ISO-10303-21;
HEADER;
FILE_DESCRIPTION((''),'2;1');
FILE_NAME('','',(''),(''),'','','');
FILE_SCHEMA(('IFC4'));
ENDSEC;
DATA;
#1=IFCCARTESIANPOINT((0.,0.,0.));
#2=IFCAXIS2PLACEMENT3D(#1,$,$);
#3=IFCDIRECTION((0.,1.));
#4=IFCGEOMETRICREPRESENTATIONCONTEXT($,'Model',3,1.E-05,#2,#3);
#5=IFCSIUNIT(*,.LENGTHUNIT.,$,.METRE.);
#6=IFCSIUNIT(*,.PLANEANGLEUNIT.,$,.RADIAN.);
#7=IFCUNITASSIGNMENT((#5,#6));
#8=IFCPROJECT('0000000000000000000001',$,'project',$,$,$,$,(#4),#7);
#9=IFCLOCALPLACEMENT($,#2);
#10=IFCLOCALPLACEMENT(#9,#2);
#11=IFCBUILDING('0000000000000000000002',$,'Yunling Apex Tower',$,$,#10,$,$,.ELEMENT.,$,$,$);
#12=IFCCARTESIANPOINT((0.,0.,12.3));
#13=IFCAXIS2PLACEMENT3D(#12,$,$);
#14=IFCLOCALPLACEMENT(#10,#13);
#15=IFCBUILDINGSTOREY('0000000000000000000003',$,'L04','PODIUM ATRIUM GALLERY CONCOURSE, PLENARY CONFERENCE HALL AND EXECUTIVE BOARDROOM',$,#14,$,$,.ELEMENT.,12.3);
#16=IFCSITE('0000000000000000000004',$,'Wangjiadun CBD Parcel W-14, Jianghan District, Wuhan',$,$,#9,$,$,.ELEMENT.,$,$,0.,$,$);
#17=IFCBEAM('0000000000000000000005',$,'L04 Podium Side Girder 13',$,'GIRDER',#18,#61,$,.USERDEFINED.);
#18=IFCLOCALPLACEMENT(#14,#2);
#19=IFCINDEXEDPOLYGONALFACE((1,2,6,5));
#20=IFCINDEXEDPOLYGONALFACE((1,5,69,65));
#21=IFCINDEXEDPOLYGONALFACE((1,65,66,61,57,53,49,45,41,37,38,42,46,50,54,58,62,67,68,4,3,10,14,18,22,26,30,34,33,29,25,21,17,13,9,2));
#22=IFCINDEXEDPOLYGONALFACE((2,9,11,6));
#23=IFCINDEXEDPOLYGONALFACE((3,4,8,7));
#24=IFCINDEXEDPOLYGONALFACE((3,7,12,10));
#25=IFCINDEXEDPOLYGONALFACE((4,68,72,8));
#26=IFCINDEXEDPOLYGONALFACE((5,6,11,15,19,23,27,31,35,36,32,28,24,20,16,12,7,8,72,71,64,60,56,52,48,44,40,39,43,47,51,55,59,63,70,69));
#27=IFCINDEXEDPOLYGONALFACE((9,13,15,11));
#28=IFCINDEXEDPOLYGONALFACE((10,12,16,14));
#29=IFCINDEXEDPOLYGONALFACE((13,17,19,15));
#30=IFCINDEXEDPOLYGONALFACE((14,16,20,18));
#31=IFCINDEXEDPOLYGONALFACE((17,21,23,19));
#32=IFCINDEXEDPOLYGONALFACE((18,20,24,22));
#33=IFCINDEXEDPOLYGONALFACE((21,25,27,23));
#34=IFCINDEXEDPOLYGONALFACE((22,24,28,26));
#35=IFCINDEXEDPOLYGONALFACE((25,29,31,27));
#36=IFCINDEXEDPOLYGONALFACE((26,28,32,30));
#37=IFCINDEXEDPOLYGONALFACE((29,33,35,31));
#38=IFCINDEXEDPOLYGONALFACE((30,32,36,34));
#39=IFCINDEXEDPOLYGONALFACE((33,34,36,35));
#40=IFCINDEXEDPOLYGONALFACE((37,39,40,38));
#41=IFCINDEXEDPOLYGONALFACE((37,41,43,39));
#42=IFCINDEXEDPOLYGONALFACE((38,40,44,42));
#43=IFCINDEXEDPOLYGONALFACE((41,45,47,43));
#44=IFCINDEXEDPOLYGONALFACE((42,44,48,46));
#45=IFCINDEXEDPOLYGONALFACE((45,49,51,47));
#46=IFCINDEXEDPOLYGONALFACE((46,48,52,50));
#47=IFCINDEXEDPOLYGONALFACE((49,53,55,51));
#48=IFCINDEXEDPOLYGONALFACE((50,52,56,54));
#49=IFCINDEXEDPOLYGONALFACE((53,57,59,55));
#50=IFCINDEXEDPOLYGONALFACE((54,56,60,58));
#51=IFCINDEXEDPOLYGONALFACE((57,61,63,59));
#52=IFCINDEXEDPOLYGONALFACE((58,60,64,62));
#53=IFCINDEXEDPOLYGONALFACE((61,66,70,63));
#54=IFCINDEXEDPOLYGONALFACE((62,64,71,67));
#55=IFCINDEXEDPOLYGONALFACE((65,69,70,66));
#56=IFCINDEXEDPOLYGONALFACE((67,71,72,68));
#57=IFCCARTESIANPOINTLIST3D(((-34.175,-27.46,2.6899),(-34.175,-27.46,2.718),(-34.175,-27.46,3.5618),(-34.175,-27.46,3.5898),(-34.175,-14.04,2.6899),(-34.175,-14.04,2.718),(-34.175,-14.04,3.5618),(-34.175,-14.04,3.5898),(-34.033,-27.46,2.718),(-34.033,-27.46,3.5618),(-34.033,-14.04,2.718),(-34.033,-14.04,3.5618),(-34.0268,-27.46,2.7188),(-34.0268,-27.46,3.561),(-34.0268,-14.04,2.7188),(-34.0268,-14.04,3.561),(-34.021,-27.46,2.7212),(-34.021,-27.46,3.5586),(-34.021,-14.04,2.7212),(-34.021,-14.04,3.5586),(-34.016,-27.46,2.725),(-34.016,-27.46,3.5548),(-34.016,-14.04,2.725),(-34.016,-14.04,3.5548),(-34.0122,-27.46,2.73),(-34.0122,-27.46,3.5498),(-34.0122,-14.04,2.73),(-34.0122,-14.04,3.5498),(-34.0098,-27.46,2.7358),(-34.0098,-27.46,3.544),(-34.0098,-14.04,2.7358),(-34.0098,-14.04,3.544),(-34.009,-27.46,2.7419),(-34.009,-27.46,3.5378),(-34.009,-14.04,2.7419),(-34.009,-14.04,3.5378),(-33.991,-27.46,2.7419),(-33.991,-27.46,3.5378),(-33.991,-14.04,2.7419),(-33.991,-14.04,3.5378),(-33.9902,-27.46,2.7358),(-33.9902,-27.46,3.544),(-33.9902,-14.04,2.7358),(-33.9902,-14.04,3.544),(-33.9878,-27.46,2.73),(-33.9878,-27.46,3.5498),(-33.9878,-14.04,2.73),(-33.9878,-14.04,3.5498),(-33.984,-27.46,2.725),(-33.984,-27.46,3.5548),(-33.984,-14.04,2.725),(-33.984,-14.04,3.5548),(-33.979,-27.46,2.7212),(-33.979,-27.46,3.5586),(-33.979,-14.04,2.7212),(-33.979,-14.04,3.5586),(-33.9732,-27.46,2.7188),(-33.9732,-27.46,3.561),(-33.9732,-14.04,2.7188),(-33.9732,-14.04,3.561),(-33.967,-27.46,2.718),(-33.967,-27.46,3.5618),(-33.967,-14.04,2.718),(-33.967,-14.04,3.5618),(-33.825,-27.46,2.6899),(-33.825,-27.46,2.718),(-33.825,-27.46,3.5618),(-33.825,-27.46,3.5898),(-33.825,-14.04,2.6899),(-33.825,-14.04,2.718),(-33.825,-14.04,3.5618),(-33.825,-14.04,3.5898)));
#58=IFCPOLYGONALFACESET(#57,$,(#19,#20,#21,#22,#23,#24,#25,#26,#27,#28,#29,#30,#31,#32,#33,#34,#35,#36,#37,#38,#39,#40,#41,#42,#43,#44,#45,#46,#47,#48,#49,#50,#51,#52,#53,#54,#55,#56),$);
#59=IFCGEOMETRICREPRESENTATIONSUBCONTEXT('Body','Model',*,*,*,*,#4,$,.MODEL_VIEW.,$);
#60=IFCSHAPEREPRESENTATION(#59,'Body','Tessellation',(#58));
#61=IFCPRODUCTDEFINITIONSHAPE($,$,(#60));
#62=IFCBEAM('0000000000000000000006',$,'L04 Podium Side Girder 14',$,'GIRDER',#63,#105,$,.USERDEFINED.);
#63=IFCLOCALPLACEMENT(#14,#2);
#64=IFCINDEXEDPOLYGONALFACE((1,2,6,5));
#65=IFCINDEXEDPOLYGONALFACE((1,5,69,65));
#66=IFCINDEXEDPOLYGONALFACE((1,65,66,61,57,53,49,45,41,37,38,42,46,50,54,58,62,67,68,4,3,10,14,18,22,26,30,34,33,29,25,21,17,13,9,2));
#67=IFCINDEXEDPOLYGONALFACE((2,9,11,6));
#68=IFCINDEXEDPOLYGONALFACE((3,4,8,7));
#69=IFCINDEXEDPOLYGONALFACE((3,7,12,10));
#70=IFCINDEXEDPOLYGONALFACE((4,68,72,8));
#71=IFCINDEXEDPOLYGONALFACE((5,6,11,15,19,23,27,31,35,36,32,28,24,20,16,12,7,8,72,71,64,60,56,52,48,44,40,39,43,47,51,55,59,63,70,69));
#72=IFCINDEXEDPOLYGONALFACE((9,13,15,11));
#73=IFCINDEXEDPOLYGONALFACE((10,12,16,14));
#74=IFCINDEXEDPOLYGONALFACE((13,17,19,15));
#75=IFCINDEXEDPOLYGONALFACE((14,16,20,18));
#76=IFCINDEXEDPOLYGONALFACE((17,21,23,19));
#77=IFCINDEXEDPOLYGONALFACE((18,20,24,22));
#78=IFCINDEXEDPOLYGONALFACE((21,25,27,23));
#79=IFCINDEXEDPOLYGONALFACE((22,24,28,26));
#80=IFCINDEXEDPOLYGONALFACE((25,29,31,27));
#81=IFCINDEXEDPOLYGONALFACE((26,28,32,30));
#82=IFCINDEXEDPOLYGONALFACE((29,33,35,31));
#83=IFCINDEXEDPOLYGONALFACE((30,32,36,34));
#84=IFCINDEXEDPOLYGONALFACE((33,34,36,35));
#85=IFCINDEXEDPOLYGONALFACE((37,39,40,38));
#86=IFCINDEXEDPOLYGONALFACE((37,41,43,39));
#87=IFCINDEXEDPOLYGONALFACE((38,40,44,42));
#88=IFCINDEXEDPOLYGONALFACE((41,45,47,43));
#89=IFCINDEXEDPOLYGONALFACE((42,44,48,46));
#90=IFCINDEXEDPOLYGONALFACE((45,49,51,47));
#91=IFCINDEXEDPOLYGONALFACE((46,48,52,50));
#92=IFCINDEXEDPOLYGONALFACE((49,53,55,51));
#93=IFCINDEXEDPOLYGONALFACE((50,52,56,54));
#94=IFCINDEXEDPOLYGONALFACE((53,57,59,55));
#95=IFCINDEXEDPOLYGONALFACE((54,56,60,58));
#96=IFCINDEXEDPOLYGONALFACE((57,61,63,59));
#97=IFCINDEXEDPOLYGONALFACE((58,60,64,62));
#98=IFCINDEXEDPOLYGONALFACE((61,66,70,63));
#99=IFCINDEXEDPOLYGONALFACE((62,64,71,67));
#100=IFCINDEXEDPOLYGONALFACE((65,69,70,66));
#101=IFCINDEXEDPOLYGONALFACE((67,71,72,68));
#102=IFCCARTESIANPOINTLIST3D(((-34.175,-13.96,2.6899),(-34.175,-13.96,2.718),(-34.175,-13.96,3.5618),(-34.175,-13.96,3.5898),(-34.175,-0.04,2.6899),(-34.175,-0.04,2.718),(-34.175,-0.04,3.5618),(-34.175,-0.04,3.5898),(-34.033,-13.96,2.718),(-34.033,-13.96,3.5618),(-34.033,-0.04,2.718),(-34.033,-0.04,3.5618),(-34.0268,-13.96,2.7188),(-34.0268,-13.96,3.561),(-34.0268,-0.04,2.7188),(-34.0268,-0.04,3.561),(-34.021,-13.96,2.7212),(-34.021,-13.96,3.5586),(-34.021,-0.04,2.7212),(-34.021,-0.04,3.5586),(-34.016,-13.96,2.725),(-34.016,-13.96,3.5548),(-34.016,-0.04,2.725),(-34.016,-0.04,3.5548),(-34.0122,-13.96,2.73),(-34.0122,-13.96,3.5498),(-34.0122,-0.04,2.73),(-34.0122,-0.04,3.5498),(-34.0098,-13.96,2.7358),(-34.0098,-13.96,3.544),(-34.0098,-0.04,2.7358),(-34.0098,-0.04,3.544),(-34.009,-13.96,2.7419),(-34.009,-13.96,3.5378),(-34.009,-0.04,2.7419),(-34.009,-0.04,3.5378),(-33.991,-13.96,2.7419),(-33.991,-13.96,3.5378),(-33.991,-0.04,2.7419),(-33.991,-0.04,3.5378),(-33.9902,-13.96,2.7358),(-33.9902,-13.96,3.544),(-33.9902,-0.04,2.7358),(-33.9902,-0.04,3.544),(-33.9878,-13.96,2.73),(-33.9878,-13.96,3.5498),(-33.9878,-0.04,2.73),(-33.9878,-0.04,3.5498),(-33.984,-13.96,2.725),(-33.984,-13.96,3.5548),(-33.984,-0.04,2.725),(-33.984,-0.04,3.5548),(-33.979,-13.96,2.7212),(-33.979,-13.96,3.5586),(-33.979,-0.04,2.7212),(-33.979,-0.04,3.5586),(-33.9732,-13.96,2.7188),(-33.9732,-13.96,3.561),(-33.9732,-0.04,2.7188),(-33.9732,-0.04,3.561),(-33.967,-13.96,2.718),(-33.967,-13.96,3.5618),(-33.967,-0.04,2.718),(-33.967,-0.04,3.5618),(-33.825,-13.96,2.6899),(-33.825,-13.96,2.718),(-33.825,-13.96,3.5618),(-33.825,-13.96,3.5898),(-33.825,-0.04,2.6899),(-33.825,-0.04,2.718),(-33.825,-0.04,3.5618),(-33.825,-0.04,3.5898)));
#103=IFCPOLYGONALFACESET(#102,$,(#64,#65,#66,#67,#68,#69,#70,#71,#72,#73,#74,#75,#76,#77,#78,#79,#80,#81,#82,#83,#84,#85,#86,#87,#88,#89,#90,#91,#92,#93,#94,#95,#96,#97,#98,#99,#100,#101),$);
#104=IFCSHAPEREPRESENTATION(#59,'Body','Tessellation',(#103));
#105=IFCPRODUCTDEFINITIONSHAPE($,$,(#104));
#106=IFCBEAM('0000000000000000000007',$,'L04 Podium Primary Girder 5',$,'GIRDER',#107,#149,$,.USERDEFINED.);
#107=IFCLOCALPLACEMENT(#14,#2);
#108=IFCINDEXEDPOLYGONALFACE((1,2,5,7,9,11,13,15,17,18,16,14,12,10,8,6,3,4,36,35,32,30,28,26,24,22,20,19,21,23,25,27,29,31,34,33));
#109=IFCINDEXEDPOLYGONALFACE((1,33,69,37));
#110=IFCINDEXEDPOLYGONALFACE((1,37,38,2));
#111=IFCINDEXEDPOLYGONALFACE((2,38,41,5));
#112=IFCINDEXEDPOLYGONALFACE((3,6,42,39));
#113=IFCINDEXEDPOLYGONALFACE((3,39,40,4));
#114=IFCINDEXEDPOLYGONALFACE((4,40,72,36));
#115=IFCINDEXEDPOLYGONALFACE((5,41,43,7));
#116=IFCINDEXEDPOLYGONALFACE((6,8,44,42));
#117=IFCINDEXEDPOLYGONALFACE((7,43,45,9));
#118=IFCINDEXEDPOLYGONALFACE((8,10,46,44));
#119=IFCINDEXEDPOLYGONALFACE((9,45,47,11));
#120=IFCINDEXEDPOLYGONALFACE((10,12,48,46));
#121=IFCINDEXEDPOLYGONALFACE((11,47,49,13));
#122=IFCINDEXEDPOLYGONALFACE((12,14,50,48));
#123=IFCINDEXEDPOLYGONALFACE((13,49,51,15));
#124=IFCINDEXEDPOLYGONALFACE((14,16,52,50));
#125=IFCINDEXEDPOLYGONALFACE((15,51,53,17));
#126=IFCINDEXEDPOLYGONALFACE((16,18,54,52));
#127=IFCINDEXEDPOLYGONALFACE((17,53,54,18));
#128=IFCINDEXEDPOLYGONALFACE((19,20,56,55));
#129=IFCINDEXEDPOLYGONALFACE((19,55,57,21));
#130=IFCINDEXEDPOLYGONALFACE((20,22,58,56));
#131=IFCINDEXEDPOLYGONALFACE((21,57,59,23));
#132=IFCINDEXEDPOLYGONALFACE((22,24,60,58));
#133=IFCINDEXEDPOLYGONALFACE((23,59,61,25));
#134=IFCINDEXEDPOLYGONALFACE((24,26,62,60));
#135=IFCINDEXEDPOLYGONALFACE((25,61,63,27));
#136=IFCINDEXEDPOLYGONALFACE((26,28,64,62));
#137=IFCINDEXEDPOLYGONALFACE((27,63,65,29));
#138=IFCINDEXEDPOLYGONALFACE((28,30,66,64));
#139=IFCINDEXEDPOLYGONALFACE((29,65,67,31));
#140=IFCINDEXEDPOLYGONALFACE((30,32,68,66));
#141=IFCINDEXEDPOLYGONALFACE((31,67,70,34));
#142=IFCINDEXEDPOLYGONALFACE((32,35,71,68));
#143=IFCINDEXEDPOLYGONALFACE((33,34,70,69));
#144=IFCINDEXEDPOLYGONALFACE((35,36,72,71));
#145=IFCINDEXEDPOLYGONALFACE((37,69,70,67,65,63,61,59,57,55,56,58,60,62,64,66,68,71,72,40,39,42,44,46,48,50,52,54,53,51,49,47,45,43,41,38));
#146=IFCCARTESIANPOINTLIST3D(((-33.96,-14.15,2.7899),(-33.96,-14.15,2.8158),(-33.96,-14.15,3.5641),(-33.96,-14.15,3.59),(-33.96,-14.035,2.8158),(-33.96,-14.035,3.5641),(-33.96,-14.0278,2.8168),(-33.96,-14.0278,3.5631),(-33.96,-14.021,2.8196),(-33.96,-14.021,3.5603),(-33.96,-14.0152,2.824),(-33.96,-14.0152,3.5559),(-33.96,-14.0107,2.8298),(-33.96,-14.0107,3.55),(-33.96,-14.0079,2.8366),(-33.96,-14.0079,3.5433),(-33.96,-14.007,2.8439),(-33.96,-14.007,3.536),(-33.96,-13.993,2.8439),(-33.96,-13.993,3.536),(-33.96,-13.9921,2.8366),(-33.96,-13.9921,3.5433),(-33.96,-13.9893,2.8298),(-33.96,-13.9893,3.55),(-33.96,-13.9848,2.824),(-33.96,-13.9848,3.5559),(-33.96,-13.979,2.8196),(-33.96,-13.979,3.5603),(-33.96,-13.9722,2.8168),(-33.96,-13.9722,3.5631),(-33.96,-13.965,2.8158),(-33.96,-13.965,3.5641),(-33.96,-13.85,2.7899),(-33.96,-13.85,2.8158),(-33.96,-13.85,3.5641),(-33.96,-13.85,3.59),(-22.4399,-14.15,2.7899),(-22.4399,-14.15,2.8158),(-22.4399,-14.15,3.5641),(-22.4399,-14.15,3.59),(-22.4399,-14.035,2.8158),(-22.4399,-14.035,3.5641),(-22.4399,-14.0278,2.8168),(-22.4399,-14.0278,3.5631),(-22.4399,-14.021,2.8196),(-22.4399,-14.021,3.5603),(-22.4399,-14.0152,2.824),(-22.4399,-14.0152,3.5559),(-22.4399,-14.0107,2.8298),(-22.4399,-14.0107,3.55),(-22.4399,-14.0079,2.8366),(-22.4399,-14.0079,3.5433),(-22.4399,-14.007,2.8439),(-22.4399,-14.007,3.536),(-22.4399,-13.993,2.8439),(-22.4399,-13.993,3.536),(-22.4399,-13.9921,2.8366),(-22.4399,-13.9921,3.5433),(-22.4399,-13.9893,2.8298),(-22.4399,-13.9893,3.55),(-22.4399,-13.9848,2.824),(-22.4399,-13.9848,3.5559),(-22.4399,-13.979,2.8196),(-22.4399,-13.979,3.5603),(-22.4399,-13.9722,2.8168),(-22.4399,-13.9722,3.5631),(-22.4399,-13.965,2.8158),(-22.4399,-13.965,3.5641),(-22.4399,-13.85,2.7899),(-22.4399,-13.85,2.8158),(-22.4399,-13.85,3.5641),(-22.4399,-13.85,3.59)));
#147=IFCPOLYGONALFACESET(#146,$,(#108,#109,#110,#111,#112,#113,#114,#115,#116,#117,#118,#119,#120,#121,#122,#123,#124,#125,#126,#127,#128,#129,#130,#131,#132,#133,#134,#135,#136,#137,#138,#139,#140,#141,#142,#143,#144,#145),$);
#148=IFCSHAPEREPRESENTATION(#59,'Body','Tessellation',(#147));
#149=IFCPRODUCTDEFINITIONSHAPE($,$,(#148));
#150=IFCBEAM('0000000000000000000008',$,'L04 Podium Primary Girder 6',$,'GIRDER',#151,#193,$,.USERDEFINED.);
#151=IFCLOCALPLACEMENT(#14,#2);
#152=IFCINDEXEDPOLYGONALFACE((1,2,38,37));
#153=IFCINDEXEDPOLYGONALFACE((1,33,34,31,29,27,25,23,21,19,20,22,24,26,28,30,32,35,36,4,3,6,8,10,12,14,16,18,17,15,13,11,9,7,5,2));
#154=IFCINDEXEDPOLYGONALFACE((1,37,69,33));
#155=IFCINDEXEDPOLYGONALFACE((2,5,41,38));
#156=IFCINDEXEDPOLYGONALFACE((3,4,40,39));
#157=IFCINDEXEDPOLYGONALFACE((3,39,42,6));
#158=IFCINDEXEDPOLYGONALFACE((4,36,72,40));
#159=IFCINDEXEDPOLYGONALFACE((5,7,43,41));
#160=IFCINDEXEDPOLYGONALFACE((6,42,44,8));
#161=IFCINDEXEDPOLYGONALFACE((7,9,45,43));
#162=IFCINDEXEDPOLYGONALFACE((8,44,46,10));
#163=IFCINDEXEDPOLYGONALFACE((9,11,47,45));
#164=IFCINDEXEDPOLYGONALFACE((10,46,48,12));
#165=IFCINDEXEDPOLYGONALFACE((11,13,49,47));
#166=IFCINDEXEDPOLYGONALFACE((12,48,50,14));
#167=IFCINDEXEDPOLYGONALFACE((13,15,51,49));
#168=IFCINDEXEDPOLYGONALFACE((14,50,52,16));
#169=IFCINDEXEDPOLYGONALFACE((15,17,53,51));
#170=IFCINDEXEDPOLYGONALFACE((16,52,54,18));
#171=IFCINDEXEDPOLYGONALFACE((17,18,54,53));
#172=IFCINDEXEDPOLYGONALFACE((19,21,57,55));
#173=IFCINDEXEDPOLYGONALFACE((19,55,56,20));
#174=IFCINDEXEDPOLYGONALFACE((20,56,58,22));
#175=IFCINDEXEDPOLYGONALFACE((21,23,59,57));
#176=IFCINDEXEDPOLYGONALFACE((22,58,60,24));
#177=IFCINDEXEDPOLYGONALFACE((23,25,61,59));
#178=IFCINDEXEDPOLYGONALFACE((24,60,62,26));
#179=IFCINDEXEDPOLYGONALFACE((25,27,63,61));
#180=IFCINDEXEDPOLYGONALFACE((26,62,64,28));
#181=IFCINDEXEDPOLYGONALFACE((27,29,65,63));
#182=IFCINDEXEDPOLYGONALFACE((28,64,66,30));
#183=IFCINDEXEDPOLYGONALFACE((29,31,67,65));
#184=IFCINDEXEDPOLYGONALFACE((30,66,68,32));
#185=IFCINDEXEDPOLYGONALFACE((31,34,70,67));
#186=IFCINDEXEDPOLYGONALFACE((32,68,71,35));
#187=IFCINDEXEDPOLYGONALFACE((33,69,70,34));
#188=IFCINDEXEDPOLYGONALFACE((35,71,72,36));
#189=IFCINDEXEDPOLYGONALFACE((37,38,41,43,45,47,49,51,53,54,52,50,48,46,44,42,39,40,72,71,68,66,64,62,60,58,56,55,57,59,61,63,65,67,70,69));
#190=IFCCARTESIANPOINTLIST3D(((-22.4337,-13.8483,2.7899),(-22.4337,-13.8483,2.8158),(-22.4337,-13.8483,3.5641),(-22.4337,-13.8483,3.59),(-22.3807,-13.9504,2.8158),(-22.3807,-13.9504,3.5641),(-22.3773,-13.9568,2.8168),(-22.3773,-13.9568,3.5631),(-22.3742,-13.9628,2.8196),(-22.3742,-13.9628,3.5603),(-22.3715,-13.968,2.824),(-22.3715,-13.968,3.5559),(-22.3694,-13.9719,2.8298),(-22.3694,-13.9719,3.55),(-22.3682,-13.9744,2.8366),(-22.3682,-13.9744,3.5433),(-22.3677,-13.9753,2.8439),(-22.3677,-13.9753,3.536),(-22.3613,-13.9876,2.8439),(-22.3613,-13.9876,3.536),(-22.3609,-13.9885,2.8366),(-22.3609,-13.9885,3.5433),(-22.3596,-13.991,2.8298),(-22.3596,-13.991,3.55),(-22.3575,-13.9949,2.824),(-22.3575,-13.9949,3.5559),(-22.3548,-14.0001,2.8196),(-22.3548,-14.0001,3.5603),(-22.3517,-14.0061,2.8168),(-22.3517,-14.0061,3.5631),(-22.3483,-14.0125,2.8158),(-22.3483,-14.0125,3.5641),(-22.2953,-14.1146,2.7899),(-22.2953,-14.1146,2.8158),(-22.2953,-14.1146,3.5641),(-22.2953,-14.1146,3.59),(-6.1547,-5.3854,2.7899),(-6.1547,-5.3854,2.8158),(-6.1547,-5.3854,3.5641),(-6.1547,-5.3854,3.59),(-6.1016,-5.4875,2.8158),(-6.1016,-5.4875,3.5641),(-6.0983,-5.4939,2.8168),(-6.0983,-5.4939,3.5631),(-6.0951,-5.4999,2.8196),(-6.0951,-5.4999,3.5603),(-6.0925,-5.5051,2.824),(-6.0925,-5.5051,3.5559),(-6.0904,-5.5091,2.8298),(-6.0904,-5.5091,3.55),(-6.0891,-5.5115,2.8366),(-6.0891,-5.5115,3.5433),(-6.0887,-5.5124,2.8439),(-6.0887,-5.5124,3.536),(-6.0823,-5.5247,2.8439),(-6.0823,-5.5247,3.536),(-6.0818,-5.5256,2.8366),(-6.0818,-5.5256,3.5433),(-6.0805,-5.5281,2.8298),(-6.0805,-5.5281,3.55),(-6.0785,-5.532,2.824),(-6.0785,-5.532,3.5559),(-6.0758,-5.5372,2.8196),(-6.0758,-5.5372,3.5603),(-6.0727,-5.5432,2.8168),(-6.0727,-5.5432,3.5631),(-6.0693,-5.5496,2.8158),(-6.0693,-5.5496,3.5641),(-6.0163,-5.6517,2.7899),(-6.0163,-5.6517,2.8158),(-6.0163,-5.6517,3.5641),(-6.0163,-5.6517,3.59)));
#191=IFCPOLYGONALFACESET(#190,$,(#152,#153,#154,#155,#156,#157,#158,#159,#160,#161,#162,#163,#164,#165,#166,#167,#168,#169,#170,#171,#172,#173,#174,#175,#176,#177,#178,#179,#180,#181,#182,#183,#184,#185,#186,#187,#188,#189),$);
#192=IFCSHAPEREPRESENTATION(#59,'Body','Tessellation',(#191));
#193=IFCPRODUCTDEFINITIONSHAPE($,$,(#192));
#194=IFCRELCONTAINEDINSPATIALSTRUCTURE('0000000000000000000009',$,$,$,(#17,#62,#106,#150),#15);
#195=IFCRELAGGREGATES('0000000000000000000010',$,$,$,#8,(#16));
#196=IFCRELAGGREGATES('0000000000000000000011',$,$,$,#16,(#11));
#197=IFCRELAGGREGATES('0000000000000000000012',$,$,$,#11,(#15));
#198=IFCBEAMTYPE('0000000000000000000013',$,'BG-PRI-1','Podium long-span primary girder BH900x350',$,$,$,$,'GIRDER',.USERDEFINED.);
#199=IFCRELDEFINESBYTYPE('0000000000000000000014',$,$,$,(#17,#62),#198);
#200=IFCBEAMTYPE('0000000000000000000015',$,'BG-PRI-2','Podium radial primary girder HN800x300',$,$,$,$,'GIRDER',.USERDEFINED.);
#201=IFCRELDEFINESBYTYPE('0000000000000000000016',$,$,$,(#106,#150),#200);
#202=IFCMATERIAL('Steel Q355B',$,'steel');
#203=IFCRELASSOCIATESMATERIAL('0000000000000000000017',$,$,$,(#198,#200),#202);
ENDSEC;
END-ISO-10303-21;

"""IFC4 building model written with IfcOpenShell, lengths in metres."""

from ifc_helpers import new_model, si_unit, direction, frame, origin, origin_2d, place, context, subcontext, project, spatial, i_section, extrude, source, transform, mapped, material, material_profile, profile_set, type_object, element, save


model = new_model("IFC4")

# Units and contexts
model_context = context("Model", 3, precision=1e-05, world=origin(), true_north=direction((0.0, 1.0)))
body_context = subcontext(model_context, "Body", "Model", "MODEL_VIEW")
ifc_project = project(units=[si_unit("LENGTHUNIT", "METRE"), si_unit("PLANEANGLEUNIT", "RADIAN")], contexts=[model_context])

# Site, building, storey
site_placement = place(None, origin())
site = spatial("IfcSite", under=ifc_project, at=site_placement, Name="Wangjiadun CBD Parcel W-14, Jianghan District, Wuhan", CompositionType="ELEMENT", RefElevation=0.0)
building_placement = place(site_placement, origin())
building = spatial("IfcBuilding", under=site, at=building_placement, Name="Yunling Apex Tower", CompositionType="ELEMENT")
storey_placement = place(building_placement, frame((0.0, 0.0, 12.3)))
storey = spatial("IfcBuildingStorey", under=building, at=storey_placement, Name="L04", Description="PODIUM ATRIUM GALLERY CONCOURSE, PLENARY CONFERENCE HALL AND EXECUTIVE BOARDROOM", CompositionType="ELEMENT", Elevation=12.3)

# Beams
ifc_material_1 = material(Name="Steel Q355B", Category="steel")
ifc_material_profile_1 = material_profile(ifc_material_1, i_section(OverallWidth=0.3501, OverallDepth=0.8999, WebThickness=0.0181, FlangeThickness=0.0281, FilletRadius=0.0239, at=origin_2d()))
ifc_profile_set_1 = profile_set([ifc_material_profile_1], Name="Steel Q355B")
beam_type_1 = type_object("IfcBeamType", Name="BG-PRI-1", Description="Podium long-span primary girder BH900x350", ElementType="GIRDER", PredefinedType="USERDEFINED", material=ifc_profile_set_1)
shared_shape_1 = source(origin(), body_context, "Body", "SweptSolid", [
    extrude(i_section(OverallWidth=0.3501, OverallDepth=0.8999, WebThickness=0.0181, FlangeThickness=0.0281, FilletRadius=0.0239, at=origin_2d()), origin(), (0.0, 0.0, 1.0), 13.4199),
])
beam_1_placement = place(storey_placement, frame((-34.0, -27.46, 3.1399), z_axis=(0.0, 1.0, 0.0), x_axis=(-1.0, 0.0, 0.0)))
element("IfcBeam", 1, at=beam_1_placement, inside=storey, type_object=beam_type_1, Name="L04 Podium Side Girder 13", ObjectType="GIRDER", PredefinedType="USERDEFINED", context=body_context, shape_type="MappedRepresentation", body=[
    mapped(shared_shape_1, transform((0.0, 0.0, 0.0), scale=1.0)),
])
shared_shape_2 = source(origin(), body_context, "Body", "SweptSolid", [
    extrude(i_section(OverallWidth=0.3501, OverallDepth=0.8999, WebThickness=0.0181, FlangeThickness=0.0281, FilletRadius=0.0239, at=origin_2d()), origin(), (0.0, 0.0, 1.0), 13.9199),
])
beam_2_placement = place(storey_placement, frame((-34.0, -13.96, 3.1399), z_axis=(0.0, 1.0, 0.0), x_axis=(-1.0, 0.0, 0.0)))
element("IfcBeam", 2, at=beam_2_placement, inside=storey, type_object=beam_type_1, Name="L04 Podium Side Girder 14", ObjectType="GIRDER", PredefinedType="USERDEFINED", context=body_context, shape_type="MappedRepresentation", body=[
    mapped(shared_shape_2, transform((0.0, 0.0, 0.0), scale=1.0)),
])
ifc_material_profile_2 = material_profile(ifc_material_1, i_section(OverallWidth=0.3, OverallDepth=0.8, WebThickness=0.0139, FlangeThickness=0.0259, FilletRadius=0.0281, at=origin_2d()))
ifc_profile_set_2 = profile_set([ifc_material_profile_2], Name="Steel Q355B")
beam_type_2 = type_object("IfcBeamType", Name="BG-PRI-2", Description="Podium radial primary girder HN800x300", ElementType="GIRDER", PredefinedType="USERDEFINED", material=ifc_profile_set_2)
shared_shape_3 = source(origin(), body_context, "Body", "SweptSolid", [
    extrude(i_section(OverallWidth=0.3, OverallDepth=0.8, WebThickness=0.0139, FlangeThickness=0.0259, FilletRadius=0.0281, at=origin_2d()), origin(), (0.0, 0.0, 1.0), 11.52),
])
beam_3_placement = place(storey_placement, frame((-33.96, -14.0, 3.1899), z_axis=(1.0, 0.0, 0.0), x_axis=(0.0, 1.0, 0.0)))
element("IfcBeam", 3, at=beam_3_placement, inside=storey, type_object=beam_type_2, Name="L04 Podium Primary Girder 5", ObjectType="GIRDER", PredefinedType="USERDEFINED", context=body_context, shape_type="MappedRepresentation", body=[
    mapped(shared_shape_3, transform((0.0, 0.0, 0.0), scale=1.0)),
])
shared_shape_4 = source(origin(), body_context, "Body", "SweptSolid", [
    extrude(i_section(OverallWidth=0.3, OverallDepth=0.8, WebThickness=0.0139, FlangeThickness=0.0259, FilletRadius=0.0281, at=origin_2d()), origin(), (0.0, 0.0, 1.0), 18.3474),
])
beam_4_placement = place(storey_placement, frame((-22.3645, -13.9814, 3.1899), z_axis=(0.887266, 0.461258, 0.0), x_axis=(-0.461258, 0.887266, 0.0)))
element("IfcBeam", 4, at=beam_4_placement, inside=storey, type_object=beam_type_2, Name="L04 Podium Primary Girder 6", ObjectType="GIRDER", PredefinedType="USERDEFINED", context=body_context, shape_type="MappedRepresentation", body=[
    mapped(shared_shape_4, transform((0.0, 0.0, 0.0), scale=1.0)),
])

save(model, "model.ifc")
